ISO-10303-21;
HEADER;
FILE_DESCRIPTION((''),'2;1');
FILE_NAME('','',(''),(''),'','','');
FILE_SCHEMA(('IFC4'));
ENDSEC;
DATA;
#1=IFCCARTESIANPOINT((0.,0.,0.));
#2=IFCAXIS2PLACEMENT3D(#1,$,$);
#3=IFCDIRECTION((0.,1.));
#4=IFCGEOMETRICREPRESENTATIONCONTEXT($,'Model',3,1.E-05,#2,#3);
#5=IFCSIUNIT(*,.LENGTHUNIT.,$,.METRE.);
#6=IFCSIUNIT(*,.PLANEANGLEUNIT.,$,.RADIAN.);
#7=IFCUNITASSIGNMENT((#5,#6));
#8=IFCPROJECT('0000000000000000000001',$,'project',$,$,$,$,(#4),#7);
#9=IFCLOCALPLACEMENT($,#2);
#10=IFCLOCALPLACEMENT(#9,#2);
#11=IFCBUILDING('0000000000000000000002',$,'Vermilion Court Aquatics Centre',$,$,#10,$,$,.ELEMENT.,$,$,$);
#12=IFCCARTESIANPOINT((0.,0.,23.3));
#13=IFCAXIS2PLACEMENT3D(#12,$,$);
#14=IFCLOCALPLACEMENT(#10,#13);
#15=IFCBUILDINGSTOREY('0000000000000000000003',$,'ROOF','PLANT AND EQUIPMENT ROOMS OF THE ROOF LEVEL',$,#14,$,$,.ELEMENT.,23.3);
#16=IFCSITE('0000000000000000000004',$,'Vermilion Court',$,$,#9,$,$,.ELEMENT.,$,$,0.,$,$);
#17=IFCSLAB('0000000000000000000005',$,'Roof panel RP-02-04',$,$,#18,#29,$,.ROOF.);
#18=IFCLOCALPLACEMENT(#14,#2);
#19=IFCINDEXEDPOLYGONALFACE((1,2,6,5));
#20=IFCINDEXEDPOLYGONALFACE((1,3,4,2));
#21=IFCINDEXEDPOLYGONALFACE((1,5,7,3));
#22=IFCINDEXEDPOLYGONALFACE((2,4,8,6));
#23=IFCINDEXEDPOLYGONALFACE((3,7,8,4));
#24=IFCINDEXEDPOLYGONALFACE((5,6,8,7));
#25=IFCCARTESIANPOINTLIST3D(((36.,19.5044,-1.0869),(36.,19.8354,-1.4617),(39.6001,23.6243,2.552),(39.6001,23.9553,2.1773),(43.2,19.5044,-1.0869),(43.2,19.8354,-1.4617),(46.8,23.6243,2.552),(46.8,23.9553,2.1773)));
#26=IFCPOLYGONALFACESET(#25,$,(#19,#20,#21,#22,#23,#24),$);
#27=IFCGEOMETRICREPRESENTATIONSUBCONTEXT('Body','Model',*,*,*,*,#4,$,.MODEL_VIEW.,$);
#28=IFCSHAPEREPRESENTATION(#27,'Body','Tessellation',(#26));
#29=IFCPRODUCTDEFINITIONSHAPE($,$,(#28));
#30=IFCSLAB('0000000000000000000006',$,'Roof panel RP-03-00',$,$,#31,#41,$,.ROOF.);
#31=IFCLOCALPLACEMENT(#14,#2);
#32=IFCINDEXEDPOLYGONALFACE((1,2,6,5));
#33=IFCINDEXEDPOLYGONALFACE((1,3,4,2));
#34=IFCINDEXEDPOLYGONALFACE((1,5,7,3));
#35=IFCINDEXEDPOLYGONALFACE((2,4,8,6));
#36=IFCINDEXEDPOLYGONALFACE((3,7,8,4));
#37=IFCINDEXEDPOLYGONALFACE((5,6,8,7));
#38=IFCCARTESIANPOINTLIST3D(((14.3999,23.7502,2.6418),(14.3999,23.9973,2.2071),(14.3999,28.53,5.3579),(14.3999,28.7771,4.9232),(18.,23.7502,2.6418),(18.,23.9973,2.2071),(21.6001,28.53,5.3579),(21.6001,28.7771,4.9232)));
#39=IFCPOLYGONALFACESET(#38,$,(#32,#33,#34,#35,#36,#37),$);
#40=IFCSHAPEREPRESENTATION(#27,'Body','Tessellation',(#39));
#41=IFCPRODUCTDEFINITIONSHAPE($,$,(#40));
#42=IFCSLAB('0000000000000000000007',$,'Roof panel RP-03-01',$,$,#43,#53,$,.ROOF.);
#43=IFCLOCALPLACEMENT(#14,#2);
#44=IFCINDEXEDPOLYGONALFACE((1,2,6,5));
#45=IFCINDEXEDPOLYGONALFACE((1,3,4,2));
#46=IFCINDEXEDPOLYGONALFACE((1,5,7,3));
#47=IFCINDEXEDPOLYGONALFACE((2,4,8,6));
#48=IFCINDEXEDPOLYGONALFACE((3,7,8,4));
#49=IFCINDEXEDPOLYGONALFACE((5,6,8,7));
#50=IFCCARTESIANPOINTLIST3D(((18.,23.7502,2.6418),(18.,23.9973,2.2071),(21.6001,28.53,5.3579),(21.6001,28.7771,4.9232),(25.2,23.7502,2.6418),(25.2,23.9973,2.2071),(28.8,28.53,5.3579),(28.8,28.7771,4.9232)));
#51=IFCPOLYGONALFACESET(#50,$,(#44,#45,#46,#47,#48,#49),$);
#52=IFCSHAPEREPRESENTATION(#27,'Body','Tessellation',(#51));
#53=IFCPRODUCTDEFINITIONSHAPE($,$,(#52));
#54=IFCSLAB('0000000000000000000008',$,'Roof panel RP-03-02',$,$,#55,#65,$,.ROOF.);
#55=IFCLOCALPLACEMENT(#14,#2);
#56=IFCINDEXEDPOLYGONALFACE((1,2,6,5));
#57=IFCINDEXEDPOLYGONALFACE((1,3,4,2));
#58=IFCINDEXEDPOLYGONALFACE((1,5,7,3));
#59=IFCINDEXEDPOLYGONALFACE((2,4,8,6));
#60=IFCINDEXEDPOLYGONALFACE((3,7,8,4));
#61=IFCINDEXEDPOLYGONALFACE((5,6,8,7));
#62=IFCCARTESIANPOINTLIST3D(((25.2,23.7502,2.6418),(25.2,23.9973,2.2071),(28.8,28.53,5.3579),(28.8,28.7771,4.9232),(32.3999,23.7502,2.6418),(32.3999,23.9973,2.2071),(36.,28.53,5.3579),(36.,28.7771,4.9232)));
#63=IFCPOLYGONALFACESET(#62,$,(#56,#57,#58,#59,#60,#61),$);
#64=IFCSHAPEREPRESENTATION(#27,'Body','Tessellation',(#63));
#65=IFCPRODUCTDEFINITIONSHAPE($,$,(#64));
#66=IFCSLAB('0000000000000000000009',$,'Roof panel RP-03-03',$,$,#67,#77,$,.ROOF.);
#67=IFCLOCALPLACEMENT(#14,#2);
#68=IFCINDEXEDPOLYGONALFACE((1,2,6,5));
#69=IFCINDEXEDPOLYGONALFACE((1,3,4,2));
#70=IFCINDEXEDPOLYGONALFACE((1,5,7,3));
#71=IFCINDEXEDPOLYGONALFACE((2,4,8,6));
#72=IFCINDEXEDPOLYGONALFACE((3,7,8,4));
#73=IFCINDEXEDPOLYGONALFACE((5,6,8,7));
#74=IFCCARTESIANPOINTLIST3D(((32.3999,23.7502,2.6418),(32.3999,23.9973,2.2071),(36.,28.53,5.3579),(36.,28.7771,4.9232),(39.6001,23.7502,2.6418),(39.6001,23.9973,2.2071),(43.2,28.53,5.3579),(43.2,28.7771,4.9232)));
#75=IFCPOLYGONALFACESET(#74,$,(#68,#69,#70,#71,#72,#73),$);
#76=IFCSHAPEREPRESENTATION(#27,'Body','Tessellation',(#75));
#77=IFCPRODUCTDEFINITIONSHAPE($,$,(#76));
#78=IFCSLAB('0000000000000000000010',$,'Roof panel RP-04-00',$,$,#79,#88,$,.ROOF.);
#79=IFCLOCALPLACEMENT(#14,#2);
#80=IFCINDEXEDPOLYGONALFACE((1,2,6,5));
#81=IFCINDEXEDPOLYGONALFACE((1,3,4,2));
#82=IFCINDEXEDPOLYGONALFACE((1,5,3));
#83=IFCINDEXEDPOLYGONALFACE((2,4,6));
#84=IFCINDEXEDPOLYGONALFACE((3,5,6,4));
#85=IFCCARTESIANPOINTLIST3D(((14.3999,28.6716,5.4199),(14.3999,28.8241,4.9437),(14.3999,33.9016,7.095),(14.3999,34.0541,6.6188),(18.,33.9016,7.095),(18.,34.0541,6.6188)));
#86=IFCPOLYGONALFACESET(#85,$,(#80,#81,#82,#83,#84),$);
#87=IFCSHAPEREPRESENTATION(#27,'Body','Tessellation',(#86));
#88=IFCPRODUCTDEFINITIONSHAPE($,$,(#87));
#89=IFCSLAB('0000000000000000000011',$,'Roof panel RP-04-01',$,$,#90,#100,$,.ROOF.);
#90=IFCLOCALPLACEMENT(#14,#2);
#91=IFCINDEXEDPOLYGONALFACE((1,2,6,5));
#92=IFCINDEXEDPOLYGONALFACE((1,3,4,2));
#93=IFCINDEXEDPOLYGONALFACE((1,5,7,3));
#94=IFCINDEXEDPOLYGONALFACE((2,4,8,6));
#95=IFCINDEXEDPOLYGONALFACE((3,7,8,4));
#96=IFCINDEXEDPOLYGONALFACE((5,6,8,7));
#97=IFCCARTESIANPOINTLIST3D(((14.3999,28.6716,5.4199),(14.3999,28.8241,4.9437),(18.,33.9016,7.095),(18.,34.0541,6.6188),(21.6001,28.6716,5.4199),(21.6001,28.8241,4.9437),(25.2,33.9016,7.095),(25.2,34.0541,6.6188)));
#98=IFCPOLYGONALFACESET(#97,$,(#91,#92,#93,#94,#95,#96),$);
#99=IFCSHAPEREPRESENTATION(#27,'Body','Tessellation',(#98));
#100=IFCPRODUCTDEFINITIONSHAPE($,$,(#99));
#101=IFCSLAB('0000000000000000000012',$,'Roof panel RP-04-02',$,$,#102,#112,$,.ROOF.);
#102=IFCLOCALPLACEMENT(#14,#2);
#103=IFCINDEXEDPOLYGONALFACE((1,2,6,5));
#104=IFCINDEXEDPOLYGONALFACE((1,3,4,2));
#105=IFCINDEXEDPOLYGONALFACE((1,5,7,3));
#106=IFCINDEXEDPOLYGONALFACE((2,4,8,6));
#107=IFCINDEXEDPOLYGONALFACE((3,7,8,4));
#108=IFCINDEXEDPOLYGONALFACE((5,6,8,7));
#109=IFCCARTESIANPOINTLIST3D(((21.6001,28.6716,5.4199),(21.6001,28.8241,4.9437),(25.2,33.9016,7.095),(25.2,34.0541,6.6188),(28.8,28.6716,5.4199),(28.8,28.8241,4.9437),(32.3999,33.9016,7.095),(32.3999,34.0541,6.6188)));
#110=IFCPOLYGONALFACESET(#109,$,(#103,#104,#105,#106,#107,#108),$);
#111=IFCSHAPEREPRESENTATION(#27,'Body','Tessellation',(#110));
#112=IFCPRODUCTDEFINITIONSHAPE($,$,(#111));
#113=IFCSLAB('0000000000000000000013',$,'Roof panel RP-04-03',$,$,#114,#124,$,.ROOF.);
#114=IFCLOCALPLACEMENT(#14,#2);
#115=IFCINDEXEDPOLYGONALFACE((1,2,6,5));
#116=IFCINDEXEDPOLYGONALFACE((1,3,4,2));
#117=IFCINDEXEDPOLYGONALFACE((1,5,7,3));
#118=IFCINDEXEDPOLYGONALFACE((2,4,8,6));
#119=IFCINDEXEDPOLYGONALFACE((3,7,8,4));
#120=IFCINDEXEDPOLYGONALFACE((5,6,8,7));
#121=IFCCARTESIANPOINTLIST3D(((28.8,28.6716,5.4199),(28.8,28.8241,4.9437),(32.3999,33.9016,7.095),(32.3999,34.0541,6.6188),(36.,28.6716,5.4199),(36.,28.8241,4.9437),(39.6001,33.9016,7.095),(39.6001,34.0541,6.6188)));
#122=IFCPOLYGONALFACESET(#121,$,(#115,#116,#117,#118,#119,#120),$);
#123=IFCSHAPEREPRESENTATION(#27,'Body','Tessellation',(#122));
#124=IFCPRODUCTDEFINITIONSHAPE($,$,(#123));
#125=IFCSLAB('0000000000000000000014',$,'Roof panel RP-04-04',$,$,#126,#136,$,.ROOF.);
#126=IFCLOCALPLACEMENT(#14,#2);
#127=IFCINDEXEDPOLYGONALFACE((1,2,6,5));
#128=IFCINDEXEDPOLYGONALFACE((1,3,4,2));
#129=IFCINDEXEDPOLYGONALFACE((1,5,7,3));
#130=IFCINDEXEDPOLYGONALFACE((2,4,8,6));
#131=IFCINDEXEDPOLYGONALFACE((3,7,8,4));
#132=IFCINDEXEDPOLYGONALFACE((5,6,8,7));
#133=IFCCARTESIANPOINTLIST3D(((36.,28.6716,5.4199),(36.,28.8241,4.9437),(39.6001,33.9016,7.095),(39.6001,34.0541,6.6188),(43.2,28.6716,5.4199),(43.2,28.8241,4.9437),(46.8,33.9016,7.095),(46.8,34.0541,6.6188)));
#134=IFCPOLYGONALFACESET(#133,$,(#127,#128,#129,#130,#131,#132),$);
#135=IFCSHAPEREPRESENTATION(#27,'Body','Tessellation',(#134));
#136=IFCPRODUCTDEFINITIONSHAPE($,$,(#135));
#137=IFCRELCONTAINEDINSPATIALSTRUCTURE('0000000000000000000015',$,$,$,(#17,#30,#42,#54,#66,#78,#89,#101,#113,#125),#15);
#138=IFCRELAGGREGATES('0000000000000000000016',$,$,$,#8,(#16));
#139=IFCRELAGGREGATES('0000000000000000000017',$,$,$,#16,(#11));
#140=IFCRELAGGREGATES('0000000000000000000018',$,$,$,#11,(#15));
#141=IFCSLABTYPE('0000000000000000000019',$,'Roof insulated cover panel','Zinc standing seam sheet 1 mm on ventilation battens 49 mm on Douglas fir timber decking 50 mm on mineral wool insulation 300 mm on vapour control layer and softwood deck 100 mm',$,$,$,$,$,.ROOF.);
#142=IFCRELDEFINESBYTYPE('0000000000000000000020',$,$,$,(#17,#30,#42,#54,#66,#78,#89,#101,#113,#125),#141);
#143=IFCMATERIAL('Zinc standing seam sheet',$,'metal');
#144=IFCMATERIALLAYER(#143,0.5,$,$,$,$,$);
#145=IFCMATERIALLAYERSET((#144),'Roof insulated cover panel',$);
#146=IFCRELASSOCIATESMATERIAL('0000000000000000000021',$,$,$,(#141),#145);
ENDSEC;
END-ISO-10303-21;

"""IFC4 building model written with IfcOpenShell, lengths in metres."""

from ifc_helpers import new_model, si_unit, direction, frame, origin, place, context, subcontext, project, spatial, polyline, outline, extrude, material, layer, layer_set, type_object, element, save


model = new_model("IFC4")

# Units and contexts
model_context = context("Model", 3, precision=1e-05, world=origin(), true_north=direction((0.0, 1.0)))
body_context = subcontext(model_context, "Body", "Model", "MODEL_VIEW")
ifc_project = project(units=[si_unit("LENGTHUNIT", "METRE"), si_unit("PLANEANGLEUNIT", "RADIAN")], contexts=[model_context])

# Site, building, storey
site_placement = place(None, origin())
site = spatial("IfcSite", under=ifc_project, at=site_placement, Name="Vermilion Court", CompositionType="ELEMENT", RefElevation=0.0)
building_placement = place(site_placement, origin())
building = spatial("IfcBuilding", under=site, at=building_placement, Name="Vermilion Court Aquatics Centre", CompositionType="ELEMENT")
storey_placement = place(building_placement, frame((0.0, 0.0, 23.3)))
storey = spatial("IfcBuildingStorey", under=building, at=storey_placement, Name="ROOF", Description="PLANT AND EQUIPMENT ROOMS OF THE ROOF LEVEL", CompositionType="ELEMENT", Elevation=23.3)

# Slabs
ifc_material_1 = material(Name="Zinc standing seam sheet", Category="metal")
ifc_layer_1 = layer(ifc_material_1, 0.5)
ifc_layer_set_1 = layer_set([ifc_layer_1], Name="Roof insulated cover panel")
slab_type_1 = type_object("IfcSlabType", Name="Roof insulated cover panel", Description="Zinc standing seam sheet 1 mm on ventilation battens 49 mm on Douglas fir timber decking 50 mm on mineral wool insulation 300 mm on vapour control layer and softwood deck 100 mm", PredefinedType="ROOF", material=ifc_layer_set_1)
slab_1_placement = place(storey_placement, frame((36.0, 19.5044, -1.0869), z_axis=(0.0, -0.662003, 0.749501), x_axis=(1.0, 0.0, 0.0)))
element("IfcSlab", 1, at=slab_1_placement, inside=storey, type_object=slab_type_1, Name="Roof panel RP-02-04", PredefinedType="ROOF", context=body_context, shape_type="SweptSolid", body=[
    extrude(outline(polyline([(0.0, 0.0), (7.2, 0.0), (10.8, 5.4968), (3.6001, 5.4968), (0.0, 0.0)])), origin(), (0.0, 0.0, -1.0), 0.5),
])
slab_2_placement = place(storey_placement, frame((14.3999, 23.7502, 2.6418), z_axis=(0.0, -0.494048, 0.869435), x_axis=(1.0, 0.0, 0.0)))
element("IfcSlab", 2, at=slab_2_placement, inside=storey, type_object=slab_type_1, Name="Roof panel RP-03-00", PredefinedType="ROOF", context=body_context, shape_type="SweptSolid", body=[
    extrude(outline(polyline([(0.0, 0.0), (3.6001, 0.0), (7.2002, 5.4976), (0.0, 5.4976), (0.0, 0.0)])), origin(), (0.0, 0.0, -1.0), 0.5),
])
for number, where, z_axis, x_axis, name in (
    (3, (18.0, 23.7502, 2.6418), (0.0, -0.494048, 0.869435), (1.0, 0.0, 0.0), "Roof panel RP-03-01"),
    (4, (25.2, 23.7502, 2.6418), (0.0, -0.494048, 0.869435), (1.0, 0.0, 0.0), "Roof panel RP-03-02"),
):
    element("IfcSlab", number, at=place(storey_placement, frame(where, z_axis=z_axis, x_axis=x_axis)), inside=storey, type_object=slab_type_1, Name=name, PredefinedType="ROOF", context=body_context, shape_type="SweptSolid", body=[
        extrude(outline(polyline([(0.0, 0.0), (7.2, 0.0), (10.8, 5.4976), (3.6001, 5.4976), (0.0, 0.0)])), origin(), (0.0, 0.0, -1.0), 0.5),
    ])
slab_3_placement = place(storey_placement, frame((32.3999, 23.7502, 2.6418), z_axis=(0.0, -0.494048, 0.869435), x_axis=(1.0, 0.0, 0.0)))
element("IfcSlab", 5, at=slab_3_placement, inside=storey, type_object=slab_type_1, Name="Roof panel RP-03-03", PredefinedType="ROOF", context=body_context, shape_type="SweptSolid", body=[
    extrude(outline(polyline([(0.0, 0.0), (7.2002, 0.0), (10.8, 5.4976), (3.6001, 5.4976), (0.0, 0.0)])), origin(), (0.0, 0.0, -1.0), 0.5),
])
slab_4_placement = place(storey_placement, frame((14.3999, 28.6716, 5.4199), z_axis=(0.0, -0.305016, 0.952347), x_axis=(0.54825, 0.796461, 0.255089)))
element("IfcSlab", 6, at=slab_4_placement, inside=storey, type_object=slab_type_1, Name="Roof panel RP-04-00", PredefinedType="ROOF", context=body_context, shape_type="SweptSolid", body=[
    extrude(outline(polyline([(0.0, 0.0), (6.5665, 0.0), (4.5928, 3.0108), (0.0, 0.0)])), origin(), (0.0, 0.0, -1.0), 0.5),
])
slab_5_placement = place(storey_placement, frame((14.3999, 28.6716, 5.4199), z_axis=(0.0, -0.305016, 0.952347), x_axis=(1.0, 0.0, 0.0)))
element("IfcSlab", 7, at=slab_5_placement, inside=storey, type_object=slab_type_1, Name="Roof panel RP-04-01", PredefinedType="ROOF", context=body_context, shape_type="SweptSolid", body=[
    extrude(outline(polyline([(0.0, 0.0), (7.2002, 0.0), (10.8, 5.4917), (3.6001, 5.4917), (0.0, 0.0)])), origin(), (0.0, 0.0, -1.0), 0.5),
])
slab_6_placement = place(storey_placement, frame((21.6001, 28.6716, 5.4199), z_axis=(0.0, -0.305016, 0.952347), x_axis=(1.0, 0.0, 0.0)))
element("IfcSlab", 8, at=slab_6_placement, inside=storey, type_object=slab_type_1, Name="Roof panel RP-04-02", PredefinedType="ROOF", context=body_context, shape_type="SweptSolid", body=[
    extrude(outline(polyline([(0.0, 0.0), (7.2, 0.0), (10.7998, 5.4917), (3.5999, 5.4917), (0.0, 0.0)])), origin(), (0.0, 0.0, -1.0), 0.5),
])
slab_7_placement = place(storey_placement, frame((28.8, 28.6716, 5.4199), z_axis=(0.0, -0.305016, 0.952347), x_axis=(1.0, 0.0, 0.0)))
element("IfcSlab", 9, at=slab_7_placement, inside=storey, type_object=slab_type_1, Name="Roof panel RP-04-03", PredefinedType="ROOF", context=body_context, shape_type="SweptSolid", body=[
    extrude(outline(polyline([(0.0, 0.0), (7.2, 0.0), (10.8, 5.4917), (3.5999, 5.4917), (0.0, 0.0)])), origin(), (0.0, 0.0, -1.0), 0.5),
])
slab_8_placement = place(storey_placement, frame((36.0, 28.6716, 5.4199), z_axis=(0.0, -0.305016, 0.952347), x_axis=(1.0, 0.0, 0.0)))
element("IfcSlab", 10, at=slab_8_placement, inside=storey, type_object=slab_type_1, Name="Roof panel RP-04-04", PredefinedType="ROOF", context=body_context, shape_type="SweptSolid", body=[
    extrude(outline(polyline([(0.0, 0.0), (7.2, 0.0), (10.8, 5.4917), (3.6001, 5.4917), (0.0, 0.0)])), origin(), (0.0, 0.0, -1.0), 0.5),
])

save(model, "model.ifc")
